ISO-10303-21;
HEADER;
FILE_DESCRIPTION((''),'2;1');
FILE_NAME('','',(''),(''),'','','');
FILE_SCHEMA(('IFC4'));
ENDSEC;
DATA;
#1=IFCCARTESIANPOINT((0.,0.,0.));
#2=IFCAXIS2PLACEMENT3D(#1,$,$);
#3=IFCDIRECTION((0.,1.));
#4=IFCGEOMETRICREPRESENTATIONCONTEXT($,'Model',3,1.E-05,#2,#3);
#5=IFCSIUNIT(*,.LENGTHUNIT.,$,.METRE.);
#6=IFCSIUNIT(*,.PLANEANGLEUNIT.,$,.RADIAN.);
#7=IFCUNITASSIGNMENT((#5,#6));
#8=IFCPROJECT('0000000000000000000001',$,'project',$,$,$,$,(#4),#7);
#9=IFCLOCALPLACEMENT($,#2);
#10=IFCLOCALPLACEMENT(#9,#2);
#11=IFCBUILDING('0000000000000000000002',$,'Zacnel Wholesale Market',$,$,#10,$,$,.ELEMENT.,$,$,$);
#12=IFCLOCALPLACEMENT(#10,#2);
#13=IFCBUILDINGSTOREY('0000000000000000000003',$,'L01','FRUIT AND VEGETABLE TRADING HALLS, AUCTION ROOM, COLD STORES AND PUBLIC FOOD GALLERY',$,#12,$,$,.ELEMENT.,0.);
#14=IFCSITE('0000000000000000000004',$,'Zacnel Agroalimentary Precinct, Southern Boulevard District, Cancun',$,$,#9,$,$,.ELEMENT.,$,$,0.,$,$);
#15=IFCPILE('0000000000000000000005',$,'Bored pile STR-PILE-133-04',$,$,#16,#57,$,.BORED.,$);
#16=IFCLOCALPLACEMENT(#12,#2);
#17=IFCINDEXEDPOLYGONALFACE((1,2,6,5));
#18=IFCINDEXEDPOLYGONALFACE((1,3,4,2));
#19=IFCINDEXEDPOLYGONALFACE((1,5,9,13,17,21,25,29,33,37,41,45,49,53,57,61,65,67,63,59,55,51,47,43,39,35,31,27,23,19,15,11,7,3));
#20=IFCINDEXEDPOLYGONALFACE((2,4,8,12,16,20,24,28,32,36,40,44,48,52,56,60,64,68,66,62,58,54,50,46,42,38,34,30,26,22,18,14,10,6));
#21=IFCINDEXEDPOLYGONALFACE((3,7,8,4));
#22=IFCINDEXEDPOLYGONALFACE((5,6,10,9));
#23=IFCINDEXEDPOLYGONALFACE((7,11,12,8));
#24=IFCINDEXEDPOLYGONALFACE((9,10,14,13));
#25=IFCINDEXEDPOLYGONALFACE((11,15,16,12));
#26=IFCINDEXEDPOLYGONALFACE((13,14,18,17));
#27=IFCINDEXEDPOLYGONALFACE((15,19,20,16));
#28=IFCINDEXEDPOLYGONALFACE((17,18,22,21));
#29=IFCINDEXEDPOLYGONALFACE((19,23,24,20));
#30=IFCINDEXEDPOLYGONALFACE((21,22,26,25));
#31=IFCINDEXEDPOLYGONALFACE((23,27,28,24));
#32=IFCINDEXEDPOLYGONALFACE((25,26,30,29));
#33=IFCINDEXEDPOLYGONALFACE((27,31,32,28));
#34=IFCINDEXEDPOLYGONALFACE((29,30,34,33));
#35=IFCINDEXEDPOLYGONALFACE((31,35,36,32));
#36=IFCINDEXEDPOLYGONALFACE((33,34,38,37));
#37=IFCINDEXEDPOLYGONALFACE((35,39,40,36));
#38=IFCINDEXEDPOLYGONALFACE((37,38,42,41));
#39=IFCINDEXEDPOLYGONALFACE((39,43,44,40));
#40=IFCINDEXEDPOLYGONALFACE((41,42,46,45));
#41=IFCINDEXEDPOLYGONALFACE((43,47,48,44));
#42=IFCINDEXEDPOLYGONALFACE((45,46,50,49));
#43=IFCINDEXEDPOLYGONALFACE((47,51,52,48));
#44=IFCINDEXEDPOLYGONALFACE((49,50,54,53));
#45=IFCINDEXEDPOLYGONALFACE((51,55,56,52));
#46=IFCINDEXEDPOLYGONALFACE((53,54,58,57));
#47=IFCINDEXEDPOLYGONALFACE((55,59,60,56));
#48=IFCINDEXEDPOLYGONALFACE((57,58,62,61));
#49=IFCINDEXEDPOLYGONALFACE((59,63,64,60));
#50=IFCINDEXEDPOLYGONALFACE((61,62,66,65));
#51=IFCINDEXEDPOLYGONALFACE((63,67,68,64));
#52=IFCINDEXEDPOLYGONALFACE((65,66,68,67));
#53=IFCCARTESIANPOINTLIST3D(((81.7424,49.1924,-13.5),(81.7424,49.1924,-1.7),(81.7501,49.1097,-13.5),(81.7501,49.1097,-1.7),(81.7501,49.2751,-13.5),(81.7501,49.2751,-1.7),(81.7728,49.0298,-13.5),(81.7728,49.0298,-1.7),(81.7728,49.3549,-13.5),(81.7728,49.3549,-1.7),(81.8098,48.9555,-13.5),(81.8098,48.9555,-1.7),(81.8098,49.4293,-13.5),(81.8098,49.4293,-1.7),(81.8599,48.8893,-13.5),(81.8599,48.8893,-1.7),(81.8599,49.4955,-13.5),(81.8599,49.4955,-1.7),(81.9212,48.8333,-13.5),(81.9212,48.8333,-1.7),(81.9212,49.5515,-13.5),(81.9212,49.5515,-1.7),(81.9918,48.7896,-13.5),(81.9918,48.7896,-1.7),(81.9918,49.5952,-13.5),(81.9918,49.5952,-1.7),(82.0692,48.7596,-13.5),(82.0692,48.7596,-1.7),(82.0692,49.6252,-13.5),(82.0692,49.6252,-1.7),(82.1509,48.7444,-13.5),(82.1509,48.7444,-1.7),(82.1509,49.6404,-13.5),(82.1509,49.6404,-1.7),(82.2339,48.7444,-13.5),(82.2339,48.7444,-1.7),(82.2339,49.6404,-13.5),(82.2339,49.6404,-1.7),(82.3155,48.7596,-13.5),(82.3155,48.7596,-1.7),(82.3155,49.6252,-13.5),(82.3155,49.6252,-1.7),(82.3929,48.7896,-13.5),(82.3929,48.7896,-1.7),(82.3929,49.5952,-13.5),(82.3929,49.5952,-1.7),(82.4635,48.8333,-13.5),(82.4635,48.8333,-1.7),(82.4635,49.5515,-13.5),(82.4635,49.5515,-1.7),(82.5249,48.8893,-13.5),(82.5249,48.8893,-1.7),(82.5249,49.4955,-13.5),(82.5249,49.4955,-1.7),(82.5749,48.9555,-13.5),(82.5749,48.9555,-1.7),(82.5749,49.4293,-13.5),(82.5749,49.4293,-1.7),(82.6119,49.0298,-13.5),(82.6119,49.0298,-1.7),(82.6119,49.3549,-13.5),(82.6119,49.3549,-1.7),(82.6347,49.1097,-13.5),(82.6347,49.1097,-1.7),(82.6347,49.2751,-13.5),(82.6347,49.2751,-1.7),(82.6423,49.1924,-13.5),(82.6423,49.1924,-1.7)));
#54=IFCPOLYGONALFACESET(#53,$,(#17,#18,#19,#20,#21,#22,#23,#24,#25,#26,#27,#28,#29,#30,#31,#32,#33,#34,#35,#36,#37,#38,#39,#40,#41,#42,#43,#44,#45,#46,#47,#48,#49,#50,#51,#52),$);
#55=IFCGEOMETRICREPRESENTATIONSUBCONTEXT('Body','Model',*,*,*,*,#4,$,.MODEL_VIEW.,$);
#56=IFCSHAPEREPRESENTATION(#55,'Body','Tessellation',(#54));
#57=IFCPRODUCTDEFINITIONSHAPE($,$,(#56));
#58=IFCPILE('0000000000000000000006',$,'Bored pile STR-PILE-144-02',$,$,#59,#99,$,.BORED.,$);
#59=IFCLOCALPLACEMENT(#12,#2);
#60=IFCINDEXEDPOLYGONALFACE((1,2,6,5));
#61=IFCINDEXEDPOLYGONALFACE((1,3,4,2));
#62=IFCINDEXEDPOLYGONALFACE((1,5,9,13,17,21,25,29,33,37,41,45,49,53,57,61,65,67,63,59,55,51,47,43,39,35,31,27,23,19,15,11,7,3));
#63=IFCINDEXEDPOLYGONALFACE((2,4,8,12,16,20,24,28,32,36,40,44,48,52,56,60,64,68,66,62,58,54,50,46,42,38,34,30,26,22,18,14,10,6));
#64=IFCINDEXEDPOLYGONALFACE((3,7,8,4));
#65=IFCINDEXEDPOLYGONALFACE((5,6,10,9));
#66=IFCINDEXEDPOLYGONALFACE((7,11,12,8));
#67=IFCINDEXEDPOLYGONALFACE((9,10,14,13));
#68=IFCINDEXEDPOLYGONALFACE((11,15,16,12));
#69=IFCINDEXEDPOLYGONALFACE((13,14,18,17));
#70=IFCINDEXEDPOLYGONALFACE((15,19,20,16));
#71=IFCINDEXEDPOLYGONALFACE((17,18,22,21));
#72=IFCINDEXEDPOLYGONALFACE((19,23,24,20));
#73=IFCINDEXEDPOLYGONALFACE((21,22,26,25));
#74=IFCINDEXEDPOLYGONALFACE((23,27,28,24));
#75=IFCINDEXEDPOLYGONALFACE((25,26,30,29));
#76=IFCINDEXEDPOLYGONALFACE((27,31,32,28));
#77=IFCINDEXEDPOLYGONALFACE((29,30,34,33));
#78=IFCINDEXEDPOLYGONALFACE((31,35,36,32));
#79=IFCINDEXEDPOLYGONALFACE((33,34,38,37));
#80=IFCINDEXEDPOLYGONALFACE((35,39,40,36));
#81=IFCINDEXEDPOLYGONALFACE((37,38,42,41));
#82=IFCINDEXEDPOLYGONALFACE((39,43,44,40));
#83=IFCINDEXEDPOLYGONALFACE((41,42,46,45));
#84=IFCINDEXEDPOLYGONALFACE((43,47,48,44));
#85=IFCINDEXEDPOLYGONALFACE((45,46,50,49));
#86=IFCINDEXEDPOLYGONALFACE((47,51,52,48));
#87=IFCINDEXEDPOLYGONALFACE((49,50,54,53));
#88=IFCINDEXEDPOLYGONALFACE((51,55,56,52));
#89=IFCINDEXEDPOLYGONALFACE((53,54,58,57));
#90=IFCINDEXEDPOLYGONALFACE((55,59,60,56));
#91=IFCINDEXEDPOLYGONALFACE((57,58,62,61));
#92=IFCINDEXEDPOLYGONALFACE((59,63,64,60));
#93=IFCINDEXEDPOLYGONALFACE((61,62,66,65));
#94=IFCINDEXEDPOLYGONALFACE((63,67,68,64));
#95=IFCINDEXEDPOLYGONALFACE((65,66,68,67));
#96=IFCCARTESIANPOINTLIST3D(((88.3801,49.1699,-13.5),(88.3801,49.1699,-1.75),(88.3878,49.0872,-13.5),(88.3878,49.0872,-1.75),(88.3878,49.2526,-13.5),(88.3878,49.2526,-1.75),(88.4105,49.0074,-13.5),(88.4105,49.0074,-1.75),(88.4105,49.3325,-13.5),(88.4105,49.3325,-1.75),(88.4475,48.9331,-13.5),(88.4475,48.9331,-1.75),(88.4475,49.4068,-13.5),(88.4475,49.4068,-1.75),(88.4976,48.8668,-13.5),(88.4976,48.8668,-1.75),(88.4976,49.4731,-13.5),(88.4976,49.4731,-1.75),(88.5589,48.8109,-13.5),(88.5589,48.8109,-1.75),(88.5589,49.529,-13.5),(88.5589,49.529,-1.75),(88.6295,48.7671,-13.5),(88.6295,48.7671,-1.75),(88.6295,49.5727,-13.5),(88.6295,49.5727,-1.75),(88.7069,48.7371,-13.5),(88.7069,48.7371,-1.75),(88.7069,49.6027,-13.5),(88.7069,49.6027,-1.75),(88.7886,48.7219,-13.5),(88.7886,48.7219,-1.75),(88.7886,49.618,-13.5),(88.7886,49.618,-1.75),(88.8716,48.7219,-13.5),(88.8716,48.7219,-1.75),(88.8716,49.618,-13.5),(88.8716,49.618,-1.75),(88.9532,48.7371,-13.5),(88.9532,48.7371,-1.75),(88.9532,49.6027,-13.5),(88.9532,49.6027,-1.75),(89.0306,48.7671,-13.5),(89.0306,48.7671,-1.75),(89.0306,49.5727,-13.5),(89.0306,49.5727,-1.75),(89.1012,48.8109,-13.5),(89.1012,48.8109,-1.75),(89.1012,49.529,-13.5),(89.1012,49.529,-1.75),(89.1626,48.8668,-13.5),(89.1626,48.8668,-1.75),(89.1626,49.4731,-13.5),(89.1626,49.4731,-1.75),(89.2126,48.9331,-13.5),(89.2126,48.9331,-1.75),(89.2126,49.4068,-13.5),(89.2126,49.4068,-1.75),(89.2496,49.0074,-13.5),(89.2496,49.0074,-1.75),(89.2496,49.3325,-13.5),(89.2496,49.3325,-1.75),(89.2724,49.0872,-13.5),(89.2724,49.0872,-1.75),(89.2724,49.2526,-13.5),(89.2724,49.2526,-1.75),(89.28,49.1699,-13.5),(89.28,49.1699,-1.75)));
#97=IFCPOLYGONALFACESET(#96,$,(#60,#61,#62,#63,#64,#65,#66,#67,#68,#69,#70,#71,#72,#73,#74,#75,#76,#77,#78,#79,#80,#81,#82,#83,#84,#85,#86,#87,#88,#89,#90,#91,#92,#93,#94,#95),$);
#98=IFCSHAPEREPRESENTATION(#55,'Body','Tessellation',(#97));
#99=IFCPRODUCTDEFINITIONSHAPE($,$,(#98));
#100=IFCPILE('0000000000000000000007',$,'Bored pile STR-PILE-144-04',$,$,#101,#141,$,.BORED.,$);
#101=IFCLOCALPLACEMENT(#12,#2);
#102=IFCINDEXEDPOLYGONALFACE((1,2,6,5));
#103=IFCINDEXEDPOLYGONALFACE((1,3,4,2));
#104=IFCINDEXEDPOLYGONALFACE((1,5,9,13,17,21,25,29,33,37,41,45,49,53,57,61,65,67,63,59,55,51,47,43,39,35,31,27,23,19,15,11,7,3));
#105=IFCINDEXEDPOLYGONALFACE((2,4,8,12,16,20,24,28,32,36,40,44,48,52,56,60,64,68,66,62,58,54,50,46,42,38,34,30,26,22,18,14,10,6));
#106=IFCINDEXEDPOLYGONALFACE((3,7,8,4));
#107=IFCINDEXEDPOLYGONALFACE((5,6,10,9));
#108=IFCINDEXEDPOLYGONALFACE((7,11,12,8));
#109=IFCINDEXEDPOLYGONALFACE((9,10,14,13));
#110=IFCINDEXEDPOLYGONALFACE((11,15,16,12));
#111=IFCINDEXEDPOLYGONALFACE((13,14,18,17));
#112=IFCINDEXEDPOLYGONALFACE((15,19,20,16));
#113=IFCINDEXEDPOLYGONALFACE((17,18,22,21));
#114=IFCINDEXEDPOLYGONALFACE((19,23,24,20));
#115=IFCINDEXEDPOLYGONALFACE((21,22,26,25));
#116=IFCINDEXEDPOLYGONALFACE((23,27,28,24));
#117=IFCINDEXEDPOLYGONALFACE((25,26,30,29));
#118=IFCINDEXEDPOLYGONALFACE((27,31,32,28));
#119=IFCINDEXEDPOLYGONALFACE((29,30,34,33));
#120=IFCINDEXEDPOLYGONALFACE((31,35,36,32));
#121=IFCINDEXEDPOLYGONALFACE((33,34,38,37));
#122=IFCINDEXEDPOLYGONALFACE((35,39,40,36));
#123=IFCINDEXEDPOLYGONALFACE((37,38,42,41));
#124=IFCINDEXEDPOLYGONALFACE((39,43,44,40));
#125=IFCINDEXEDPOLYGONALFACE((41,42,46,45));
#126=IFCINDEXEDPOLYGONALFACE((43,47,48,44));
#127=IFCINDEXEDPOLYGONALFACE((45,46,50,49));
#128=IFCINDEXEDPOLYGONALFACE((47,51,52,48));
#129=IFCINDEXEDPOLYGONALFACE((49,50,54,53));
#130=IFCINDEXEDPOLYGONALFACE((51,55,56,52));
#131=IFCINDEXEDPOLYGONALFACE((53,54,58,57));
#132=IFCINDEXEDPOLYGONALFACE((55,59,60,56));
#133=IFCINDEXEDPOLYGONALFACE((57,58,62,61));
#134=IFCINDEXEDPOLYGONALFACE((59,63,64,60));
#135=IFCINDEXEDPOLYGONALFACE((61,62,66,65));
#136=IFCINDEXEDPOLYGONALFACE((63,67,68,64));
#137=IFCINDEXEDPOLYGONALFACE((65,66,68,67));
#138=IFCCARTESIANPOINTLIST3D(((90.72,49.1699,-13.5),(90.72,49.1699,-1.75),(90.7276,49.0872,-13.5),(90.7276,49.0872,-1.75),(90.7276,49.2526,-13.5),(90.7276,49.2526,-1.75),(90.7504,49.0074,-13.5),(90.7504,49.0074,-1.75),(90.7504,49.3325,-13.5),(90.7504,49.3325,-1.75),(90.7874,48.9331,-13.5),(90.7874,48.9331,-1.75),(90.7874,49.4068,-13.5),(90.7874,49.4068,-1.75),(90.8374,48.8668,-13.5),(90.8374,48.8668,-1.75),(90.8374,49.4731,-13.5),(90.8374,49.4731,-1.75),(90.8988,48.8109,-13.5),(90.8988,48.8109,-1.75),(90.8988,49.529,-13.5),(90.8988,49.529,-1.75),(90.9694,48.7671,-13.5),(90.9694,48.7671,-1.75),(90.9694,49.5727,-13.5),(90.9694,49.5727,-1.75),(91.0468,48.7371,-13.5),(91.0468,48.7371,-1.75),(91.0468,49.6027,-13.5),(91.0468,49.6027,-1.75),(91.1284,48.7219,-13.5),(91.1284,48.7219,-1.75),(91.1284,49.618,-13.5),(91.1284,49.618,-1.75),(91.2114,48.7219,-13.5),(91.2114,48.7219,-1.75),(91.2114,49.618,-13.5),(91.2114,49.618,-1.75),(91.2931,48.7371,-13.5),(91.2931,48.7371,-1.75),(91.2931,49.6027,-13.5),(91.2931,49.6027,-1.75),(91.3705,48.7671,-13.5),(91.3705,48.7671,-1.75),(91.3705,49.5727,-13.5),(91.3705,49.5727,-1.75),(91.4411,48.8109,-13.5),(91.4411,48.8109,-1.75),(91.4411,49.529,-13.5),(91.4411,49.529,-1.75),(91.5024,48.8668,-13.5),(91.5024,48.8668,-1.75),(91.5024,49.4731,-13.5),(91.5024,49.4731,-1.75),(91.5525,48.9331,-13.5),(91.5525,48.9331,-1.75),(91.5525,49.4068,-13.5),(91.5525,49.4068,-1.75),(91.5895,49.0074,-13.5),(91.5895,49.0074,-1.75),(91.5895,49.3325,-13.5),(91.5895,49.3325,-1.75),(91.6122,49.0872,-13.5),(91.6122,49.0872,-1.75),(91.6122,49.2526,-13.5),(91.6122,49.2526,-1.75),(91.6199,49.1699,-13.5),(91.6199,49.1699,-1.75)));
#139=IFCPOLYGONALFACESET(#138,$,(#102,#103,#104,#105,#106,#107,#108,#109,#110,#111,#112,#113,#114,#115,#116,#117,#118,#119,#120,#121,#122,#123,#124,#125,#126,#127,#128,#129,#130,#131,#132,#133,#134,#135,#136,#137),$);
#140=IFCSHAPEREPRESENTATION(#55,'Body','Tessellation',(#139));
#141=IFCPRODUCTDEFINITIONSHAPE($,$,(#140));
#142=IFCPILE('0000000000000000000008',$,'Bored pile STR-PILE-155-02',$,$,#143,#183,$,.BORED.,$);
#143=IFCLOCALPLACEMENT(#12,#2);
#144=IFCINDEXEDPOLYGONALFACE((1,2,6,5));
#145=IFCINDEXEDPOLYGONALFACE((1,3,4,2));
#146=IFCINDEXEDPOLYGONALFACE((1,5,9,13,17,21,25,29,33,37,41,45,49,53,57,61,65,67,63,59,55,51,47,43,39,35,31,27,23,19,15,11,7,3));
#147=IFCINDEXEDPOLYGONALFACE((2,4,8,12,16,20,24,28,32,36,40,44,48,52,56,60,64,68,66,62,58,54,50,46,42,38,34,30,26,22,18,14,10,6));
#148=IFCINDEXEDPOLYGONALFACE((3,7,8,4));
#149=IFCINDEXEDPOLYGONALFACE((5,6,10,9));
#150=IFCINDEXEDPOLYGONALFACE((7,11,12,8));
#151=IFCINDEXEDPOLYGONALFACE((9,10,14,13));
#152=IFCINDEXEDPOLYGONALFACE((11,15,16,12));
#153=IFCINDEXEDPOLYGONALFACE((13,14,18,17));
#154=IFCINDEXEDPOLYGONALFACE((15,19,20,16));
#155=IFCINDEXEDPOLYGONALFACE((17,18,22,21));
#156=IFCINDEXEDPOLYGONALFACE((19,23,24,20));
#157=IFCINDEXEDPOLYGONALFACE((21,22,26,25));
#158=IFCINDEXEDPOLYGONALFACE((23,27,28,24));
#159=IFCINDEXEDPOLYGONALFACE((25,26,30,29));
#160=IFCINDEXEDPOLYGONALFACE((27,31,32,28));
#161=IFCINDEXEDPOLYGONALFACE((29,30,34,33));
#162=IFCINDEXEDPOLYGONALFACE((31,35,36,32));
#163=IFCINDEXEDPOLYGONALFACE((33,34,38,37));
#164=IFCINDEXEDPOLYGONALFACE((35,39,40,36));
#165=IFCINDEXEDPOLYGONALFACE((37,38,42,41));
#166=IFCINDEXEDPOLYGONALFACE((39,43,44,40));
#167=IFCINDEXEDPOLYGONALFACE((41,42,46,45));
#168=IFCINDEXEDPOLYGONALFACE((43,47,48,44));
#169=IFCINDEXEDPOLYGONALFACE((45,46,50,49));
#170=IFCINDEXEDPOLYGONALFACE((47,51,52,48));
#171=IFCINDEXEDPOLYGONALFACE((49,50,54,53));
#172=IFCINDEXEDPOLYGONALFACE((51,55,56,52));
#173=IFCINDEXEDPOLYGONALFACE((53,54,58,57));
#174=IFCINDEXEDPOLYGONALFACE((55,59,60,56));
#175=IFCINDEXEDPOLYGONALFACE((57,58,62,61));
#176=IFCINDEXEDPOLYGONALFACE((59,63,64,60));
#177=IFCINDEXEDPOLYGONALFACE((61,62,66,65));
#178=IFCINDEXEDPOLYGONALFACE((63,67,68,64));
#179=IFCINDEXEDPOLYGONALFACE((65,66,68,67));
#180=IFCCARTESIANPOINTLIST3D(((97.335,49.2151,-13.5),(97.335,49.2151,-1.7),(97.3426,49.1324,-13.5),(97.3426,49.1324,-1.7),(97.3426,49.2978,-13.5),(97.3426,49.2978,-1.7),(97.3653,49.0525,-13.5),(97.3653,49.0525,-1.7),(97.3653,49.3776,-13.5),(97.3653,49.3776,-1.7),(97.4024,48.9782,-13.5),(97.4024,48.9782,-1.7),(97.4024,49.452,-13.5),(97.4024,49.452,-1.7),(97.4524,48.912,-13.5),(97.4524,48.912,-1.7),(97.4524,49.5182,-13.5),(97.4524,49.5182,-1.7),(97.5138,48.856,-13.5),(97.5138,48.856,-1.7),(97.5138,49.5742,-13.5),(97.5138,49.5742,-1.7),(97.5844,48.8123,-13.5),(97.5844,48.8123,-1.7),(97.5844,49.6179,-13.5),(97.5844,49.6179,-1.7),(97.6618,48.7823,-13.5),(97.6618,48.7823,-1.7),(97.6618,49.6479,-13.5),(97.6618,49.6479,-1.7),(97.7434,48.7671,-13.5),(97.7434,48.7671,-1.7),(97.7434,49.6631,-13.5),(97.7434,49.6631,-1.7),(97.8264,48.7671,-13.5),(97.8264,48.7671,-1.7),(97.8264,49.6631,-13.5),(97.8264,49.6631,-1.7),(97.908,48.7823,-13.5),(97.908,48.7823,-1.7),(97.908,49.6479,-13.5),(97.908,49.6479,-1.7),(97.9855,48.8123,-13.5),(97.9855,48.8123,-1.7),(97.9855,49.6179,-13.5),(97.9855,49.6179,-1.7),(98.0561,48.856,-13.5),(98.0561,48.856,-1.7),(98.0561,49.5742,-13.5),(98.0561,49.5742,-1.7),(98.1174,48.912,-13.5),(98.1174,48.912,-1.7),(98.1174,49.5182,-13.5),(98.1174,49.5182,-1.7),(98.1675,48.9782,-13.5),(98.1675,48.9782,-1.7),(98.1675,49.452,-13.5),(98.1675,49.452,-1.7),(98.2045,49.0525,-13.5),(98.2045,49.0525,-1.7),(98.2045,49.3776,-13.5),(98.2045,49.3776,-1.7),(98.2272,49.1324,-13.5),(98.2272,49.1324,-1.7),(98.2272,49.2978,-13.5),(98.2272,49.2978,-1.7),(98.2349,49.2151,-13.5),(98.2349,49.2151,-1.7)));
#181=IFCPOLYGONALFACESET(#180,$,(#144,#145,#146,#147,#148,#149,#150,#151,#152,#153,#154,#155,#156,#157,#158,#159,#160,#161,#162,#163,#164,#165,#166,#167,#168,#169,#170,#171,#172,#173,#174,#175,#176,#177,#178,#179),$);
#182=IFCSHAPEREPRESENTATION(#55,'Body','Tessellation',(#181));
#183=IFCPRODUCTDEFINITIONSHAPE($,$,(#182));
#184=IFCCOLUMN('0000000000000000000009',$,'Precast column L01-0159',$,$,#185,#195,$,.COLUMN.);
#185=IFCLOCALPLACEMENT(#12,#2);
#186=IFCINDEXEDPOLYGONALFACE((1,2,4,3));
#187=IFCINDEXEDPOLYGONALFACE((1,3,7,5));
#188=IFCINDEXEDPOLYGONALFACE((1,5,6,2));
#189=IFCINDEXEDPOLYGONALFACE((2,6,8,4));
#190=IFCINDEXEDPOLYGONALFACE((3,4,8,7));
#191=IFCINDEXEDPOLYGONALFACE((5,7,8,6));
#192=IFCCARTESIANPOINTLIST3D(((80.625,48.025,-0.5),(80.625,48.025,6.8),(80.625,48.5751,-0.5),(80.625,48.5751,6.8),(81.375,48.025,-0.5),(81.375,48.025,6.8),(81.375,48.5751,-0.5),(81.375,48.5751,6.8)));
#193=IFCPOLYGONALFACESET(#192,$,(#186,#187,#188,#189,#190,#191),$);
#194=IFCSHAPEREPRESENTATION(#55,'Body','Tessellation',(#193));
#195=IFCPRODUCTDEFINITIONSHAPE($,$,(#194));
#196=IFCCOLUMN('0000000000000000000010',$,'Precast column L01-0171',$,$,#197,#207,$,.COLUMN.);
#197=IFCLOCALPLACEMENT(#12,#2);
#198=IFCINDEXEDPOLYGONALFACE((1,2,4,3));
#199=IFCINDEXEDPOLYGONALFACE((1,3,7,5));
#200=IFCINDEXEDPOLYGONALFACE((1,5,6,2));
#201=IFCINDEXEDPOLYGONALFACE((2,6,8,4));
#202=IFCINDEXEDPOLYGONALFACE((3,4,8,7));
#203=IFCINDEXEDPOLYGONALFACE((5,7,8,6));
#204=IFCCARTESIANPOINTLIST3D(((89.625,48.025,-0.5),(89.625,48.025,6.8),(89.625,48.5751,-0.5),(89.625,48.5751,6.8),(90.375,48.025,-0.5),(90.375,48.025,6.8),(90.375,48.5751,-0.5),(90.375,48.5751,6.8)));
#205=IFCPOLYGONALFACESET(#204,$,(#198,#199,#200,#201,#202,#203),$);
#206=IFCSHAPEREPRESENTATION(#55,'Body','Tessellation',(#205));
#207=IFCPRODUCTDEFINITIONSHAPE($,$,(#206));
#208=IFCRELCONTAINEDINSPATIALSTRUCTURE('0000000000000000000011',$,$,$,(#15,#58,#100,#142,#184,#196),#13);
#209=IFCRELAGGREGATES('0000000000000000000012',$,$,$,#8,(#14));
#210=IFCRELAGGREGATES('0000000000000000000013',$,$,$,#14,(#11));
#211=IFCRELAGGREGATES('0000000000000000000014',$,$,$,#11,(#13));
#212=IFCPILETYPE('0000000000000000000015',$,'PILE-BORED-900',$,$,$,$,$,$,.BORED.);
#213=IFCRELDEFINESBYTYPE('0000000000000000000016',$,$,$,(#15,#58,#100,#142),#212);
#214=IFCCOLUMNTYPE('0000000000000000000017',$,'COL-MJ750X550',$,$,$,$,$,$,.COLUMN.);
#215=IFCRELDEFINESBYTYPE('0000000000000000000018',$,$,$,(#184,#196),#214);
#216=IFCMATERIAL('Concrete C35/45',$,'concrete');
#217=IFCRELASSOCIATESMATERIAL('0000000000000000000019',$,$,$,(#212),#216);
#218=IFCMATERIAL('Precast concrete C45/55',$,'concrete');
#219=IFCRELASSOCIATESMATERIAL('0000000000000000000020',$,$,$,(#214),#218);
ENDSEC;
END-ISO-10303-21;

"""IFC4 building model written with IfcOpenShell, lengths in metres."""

from ifc_helpers import new_model, si_unit, direction, frame, origin, origin_2d, place, context, subcontext, project, spatial, rectangle, circle, extrude, material, material_profile, profile_set, type_object, element, save


model = new_model("IFC4")

# Units and contexts
model_context = context("Model", 3, precision=1e-05, world=origin(), true_north=direction((0.0, 1.0)))
body_context = subcontext(model_context, "Body", "Model", "MODEL_VIEW")
ifc_project = project(units=[si_unit("LENGTHUNIT", "METRE"), si_unit("PLANEANGLEUNIT", "RADIAN")], contexts=[model_context])

# Site, building, storey
site_placement = place(None, origin())
site = spatial("IfcSite", under=ifc_project, at=site_placement, Name="Zacnel Agroalimentary Precinct, Southern Boulevard District, Cancun", CompositionType="ELEMENT", RefElevation=0.0)
building_placement = place(site_placement, origin())
building = spatial("IfcBuilding", under=site, at=building_placement, Name="Zacnel Wholesale Market", CompositionType="ELEMENT")
storey_placement = place(building_placement, origin())
storey = spatial("IfcBuildingStorey", under=building, at=storey_placement, Name="L01", Description="FRUIT AND VEGETABLE TRADING HALLS, AUCTION ROOM, COLD STORES AND PUBLIC FOOD GALLERY", CompositionType="ELEMENT", Elevation=0.0)

# Piles
ifc_material_1 = material(Name="Concrete C35/45", Category="concrete")
ifc_material_profile_1 = material_profile(ifc_material_1, circle(Radius=0.45, at=origin_2d()), Name="BORED PILE D900")
ifc_profile_set_1 = profile_set([ifc_material_profile_1], Name="Concrete C35/45")
pile_type_1 = type_object("IfcPileType", Name="PILE-BORED-900", PredefinedType="BORED", material=ifc_profile_set_1)
pile_1_placement = place(storey_placement, frame((82.1924, 49.1924, -1.7), z_axis=(0.0, 0.0, -1.0), x_axis=(1.0, 0.0, 0.0)))
element("IfcPile", 1, at=pile_1_placement, inside=storey, type_object=pile_type_1, Name="Bored pile STR-PILE-133-04", PredefinedType="BORED", context=body_context, shape_type="SweptSolid", body=[
    extrude(circle(Radius=0.45, at=origin_2d()), origin(), (0.0, 0.0, 1.0), 11.8),
])
for number, where, z_axis, x_axis, name in (
    (2, (88.8301, 49.1699, -1.75), (0.0, 0.0, -1.0), (1.0, 0.0, 0.0), "Bored pile STR-PILE-144-02"),
    (3, (91.1699, 49.1699, -1.75), (0.0, 0.0, -1.0), (1.0, 0.0, 0.0), "Bored pile STR-PILE-144-04"),
):
    element("IfcPile", number, at=place(storey_placement, frame(where, z_axis=z_axis, x_axis=x_axis)), inside=storey, type_object=pile_type_1, Name=name, PredefinedType="BORED", context=body_context, shape_type="SweptSolid", body=[
        extrude(circle(Radius=0.45, at=origin_2d()), origin(), (0.0, 0.0, 1.0), 11.75),
    ])
pile_2_placement = place(storey_placement, frame((97.7849, 49.2151, -1.7), z_axis=(0.0, 0.0, -1.0), x_axis=(1.0, 0.0, 0.0)))
element("IfcPile", 4, at=pile_2_placement, inside=storey, type_object=pile_type_1, Name="Bored pile STR-PILE-155-02", PredefinedType="BORED", context=body_context, shape_type="SweptSolid", body=[
    extrude(circle(Radius=0.45, at=origin_2d()), origin(), (0.0, 0.0, 1.0), 11.8),
])

# Columns
ifc_material_2 = material(Name="Precast concrete C45/55", Category="concrete")
ifc_material_profile_2 = material_profile(ifc_material_2, rectangle(XDim=0.75, YDim=0.55, at=origin_2d()), Name="PC 750x550")
ifc_profile_set_2 = profile_set([ifc_material_profile_2], Name="Precast concrete C45/55")
column_type_1 = type_object("IfcColumnType", Name="COL-MJ750X550", PredefinedType="COLUMN", material=ifc_profile_set_2)
for number, where, z_axis, x_axis, name in (
    (5, (81.0, 48.3, -0.5), (0.0, 0.0, 1.0), (1.0, 0.0, 0.0), "Precast column L01-0159"),
    (6, (90.0, 48.3, -0.5), (0.0, 0.0, 1.0), (1.0, 0.0, 0.0), "Precast column L01-0171"),
):
    element("IfcColumn", number, at=place(storey_placement, frame(where, z_axis=z_axis, x_axis=x_axis)), inside=storey, type_object=column_type_1, Name=name, PredefinedType="COLUMN", context=body_context, shape_type="SweptSolid", body=[
        extrude(rectangle(XDim=0.75, YDim=0.55, at=origin_2d()), origin(), (0.0, 0.0, 1.0), 7.3),
    ])

save(model, "model.ifc")
